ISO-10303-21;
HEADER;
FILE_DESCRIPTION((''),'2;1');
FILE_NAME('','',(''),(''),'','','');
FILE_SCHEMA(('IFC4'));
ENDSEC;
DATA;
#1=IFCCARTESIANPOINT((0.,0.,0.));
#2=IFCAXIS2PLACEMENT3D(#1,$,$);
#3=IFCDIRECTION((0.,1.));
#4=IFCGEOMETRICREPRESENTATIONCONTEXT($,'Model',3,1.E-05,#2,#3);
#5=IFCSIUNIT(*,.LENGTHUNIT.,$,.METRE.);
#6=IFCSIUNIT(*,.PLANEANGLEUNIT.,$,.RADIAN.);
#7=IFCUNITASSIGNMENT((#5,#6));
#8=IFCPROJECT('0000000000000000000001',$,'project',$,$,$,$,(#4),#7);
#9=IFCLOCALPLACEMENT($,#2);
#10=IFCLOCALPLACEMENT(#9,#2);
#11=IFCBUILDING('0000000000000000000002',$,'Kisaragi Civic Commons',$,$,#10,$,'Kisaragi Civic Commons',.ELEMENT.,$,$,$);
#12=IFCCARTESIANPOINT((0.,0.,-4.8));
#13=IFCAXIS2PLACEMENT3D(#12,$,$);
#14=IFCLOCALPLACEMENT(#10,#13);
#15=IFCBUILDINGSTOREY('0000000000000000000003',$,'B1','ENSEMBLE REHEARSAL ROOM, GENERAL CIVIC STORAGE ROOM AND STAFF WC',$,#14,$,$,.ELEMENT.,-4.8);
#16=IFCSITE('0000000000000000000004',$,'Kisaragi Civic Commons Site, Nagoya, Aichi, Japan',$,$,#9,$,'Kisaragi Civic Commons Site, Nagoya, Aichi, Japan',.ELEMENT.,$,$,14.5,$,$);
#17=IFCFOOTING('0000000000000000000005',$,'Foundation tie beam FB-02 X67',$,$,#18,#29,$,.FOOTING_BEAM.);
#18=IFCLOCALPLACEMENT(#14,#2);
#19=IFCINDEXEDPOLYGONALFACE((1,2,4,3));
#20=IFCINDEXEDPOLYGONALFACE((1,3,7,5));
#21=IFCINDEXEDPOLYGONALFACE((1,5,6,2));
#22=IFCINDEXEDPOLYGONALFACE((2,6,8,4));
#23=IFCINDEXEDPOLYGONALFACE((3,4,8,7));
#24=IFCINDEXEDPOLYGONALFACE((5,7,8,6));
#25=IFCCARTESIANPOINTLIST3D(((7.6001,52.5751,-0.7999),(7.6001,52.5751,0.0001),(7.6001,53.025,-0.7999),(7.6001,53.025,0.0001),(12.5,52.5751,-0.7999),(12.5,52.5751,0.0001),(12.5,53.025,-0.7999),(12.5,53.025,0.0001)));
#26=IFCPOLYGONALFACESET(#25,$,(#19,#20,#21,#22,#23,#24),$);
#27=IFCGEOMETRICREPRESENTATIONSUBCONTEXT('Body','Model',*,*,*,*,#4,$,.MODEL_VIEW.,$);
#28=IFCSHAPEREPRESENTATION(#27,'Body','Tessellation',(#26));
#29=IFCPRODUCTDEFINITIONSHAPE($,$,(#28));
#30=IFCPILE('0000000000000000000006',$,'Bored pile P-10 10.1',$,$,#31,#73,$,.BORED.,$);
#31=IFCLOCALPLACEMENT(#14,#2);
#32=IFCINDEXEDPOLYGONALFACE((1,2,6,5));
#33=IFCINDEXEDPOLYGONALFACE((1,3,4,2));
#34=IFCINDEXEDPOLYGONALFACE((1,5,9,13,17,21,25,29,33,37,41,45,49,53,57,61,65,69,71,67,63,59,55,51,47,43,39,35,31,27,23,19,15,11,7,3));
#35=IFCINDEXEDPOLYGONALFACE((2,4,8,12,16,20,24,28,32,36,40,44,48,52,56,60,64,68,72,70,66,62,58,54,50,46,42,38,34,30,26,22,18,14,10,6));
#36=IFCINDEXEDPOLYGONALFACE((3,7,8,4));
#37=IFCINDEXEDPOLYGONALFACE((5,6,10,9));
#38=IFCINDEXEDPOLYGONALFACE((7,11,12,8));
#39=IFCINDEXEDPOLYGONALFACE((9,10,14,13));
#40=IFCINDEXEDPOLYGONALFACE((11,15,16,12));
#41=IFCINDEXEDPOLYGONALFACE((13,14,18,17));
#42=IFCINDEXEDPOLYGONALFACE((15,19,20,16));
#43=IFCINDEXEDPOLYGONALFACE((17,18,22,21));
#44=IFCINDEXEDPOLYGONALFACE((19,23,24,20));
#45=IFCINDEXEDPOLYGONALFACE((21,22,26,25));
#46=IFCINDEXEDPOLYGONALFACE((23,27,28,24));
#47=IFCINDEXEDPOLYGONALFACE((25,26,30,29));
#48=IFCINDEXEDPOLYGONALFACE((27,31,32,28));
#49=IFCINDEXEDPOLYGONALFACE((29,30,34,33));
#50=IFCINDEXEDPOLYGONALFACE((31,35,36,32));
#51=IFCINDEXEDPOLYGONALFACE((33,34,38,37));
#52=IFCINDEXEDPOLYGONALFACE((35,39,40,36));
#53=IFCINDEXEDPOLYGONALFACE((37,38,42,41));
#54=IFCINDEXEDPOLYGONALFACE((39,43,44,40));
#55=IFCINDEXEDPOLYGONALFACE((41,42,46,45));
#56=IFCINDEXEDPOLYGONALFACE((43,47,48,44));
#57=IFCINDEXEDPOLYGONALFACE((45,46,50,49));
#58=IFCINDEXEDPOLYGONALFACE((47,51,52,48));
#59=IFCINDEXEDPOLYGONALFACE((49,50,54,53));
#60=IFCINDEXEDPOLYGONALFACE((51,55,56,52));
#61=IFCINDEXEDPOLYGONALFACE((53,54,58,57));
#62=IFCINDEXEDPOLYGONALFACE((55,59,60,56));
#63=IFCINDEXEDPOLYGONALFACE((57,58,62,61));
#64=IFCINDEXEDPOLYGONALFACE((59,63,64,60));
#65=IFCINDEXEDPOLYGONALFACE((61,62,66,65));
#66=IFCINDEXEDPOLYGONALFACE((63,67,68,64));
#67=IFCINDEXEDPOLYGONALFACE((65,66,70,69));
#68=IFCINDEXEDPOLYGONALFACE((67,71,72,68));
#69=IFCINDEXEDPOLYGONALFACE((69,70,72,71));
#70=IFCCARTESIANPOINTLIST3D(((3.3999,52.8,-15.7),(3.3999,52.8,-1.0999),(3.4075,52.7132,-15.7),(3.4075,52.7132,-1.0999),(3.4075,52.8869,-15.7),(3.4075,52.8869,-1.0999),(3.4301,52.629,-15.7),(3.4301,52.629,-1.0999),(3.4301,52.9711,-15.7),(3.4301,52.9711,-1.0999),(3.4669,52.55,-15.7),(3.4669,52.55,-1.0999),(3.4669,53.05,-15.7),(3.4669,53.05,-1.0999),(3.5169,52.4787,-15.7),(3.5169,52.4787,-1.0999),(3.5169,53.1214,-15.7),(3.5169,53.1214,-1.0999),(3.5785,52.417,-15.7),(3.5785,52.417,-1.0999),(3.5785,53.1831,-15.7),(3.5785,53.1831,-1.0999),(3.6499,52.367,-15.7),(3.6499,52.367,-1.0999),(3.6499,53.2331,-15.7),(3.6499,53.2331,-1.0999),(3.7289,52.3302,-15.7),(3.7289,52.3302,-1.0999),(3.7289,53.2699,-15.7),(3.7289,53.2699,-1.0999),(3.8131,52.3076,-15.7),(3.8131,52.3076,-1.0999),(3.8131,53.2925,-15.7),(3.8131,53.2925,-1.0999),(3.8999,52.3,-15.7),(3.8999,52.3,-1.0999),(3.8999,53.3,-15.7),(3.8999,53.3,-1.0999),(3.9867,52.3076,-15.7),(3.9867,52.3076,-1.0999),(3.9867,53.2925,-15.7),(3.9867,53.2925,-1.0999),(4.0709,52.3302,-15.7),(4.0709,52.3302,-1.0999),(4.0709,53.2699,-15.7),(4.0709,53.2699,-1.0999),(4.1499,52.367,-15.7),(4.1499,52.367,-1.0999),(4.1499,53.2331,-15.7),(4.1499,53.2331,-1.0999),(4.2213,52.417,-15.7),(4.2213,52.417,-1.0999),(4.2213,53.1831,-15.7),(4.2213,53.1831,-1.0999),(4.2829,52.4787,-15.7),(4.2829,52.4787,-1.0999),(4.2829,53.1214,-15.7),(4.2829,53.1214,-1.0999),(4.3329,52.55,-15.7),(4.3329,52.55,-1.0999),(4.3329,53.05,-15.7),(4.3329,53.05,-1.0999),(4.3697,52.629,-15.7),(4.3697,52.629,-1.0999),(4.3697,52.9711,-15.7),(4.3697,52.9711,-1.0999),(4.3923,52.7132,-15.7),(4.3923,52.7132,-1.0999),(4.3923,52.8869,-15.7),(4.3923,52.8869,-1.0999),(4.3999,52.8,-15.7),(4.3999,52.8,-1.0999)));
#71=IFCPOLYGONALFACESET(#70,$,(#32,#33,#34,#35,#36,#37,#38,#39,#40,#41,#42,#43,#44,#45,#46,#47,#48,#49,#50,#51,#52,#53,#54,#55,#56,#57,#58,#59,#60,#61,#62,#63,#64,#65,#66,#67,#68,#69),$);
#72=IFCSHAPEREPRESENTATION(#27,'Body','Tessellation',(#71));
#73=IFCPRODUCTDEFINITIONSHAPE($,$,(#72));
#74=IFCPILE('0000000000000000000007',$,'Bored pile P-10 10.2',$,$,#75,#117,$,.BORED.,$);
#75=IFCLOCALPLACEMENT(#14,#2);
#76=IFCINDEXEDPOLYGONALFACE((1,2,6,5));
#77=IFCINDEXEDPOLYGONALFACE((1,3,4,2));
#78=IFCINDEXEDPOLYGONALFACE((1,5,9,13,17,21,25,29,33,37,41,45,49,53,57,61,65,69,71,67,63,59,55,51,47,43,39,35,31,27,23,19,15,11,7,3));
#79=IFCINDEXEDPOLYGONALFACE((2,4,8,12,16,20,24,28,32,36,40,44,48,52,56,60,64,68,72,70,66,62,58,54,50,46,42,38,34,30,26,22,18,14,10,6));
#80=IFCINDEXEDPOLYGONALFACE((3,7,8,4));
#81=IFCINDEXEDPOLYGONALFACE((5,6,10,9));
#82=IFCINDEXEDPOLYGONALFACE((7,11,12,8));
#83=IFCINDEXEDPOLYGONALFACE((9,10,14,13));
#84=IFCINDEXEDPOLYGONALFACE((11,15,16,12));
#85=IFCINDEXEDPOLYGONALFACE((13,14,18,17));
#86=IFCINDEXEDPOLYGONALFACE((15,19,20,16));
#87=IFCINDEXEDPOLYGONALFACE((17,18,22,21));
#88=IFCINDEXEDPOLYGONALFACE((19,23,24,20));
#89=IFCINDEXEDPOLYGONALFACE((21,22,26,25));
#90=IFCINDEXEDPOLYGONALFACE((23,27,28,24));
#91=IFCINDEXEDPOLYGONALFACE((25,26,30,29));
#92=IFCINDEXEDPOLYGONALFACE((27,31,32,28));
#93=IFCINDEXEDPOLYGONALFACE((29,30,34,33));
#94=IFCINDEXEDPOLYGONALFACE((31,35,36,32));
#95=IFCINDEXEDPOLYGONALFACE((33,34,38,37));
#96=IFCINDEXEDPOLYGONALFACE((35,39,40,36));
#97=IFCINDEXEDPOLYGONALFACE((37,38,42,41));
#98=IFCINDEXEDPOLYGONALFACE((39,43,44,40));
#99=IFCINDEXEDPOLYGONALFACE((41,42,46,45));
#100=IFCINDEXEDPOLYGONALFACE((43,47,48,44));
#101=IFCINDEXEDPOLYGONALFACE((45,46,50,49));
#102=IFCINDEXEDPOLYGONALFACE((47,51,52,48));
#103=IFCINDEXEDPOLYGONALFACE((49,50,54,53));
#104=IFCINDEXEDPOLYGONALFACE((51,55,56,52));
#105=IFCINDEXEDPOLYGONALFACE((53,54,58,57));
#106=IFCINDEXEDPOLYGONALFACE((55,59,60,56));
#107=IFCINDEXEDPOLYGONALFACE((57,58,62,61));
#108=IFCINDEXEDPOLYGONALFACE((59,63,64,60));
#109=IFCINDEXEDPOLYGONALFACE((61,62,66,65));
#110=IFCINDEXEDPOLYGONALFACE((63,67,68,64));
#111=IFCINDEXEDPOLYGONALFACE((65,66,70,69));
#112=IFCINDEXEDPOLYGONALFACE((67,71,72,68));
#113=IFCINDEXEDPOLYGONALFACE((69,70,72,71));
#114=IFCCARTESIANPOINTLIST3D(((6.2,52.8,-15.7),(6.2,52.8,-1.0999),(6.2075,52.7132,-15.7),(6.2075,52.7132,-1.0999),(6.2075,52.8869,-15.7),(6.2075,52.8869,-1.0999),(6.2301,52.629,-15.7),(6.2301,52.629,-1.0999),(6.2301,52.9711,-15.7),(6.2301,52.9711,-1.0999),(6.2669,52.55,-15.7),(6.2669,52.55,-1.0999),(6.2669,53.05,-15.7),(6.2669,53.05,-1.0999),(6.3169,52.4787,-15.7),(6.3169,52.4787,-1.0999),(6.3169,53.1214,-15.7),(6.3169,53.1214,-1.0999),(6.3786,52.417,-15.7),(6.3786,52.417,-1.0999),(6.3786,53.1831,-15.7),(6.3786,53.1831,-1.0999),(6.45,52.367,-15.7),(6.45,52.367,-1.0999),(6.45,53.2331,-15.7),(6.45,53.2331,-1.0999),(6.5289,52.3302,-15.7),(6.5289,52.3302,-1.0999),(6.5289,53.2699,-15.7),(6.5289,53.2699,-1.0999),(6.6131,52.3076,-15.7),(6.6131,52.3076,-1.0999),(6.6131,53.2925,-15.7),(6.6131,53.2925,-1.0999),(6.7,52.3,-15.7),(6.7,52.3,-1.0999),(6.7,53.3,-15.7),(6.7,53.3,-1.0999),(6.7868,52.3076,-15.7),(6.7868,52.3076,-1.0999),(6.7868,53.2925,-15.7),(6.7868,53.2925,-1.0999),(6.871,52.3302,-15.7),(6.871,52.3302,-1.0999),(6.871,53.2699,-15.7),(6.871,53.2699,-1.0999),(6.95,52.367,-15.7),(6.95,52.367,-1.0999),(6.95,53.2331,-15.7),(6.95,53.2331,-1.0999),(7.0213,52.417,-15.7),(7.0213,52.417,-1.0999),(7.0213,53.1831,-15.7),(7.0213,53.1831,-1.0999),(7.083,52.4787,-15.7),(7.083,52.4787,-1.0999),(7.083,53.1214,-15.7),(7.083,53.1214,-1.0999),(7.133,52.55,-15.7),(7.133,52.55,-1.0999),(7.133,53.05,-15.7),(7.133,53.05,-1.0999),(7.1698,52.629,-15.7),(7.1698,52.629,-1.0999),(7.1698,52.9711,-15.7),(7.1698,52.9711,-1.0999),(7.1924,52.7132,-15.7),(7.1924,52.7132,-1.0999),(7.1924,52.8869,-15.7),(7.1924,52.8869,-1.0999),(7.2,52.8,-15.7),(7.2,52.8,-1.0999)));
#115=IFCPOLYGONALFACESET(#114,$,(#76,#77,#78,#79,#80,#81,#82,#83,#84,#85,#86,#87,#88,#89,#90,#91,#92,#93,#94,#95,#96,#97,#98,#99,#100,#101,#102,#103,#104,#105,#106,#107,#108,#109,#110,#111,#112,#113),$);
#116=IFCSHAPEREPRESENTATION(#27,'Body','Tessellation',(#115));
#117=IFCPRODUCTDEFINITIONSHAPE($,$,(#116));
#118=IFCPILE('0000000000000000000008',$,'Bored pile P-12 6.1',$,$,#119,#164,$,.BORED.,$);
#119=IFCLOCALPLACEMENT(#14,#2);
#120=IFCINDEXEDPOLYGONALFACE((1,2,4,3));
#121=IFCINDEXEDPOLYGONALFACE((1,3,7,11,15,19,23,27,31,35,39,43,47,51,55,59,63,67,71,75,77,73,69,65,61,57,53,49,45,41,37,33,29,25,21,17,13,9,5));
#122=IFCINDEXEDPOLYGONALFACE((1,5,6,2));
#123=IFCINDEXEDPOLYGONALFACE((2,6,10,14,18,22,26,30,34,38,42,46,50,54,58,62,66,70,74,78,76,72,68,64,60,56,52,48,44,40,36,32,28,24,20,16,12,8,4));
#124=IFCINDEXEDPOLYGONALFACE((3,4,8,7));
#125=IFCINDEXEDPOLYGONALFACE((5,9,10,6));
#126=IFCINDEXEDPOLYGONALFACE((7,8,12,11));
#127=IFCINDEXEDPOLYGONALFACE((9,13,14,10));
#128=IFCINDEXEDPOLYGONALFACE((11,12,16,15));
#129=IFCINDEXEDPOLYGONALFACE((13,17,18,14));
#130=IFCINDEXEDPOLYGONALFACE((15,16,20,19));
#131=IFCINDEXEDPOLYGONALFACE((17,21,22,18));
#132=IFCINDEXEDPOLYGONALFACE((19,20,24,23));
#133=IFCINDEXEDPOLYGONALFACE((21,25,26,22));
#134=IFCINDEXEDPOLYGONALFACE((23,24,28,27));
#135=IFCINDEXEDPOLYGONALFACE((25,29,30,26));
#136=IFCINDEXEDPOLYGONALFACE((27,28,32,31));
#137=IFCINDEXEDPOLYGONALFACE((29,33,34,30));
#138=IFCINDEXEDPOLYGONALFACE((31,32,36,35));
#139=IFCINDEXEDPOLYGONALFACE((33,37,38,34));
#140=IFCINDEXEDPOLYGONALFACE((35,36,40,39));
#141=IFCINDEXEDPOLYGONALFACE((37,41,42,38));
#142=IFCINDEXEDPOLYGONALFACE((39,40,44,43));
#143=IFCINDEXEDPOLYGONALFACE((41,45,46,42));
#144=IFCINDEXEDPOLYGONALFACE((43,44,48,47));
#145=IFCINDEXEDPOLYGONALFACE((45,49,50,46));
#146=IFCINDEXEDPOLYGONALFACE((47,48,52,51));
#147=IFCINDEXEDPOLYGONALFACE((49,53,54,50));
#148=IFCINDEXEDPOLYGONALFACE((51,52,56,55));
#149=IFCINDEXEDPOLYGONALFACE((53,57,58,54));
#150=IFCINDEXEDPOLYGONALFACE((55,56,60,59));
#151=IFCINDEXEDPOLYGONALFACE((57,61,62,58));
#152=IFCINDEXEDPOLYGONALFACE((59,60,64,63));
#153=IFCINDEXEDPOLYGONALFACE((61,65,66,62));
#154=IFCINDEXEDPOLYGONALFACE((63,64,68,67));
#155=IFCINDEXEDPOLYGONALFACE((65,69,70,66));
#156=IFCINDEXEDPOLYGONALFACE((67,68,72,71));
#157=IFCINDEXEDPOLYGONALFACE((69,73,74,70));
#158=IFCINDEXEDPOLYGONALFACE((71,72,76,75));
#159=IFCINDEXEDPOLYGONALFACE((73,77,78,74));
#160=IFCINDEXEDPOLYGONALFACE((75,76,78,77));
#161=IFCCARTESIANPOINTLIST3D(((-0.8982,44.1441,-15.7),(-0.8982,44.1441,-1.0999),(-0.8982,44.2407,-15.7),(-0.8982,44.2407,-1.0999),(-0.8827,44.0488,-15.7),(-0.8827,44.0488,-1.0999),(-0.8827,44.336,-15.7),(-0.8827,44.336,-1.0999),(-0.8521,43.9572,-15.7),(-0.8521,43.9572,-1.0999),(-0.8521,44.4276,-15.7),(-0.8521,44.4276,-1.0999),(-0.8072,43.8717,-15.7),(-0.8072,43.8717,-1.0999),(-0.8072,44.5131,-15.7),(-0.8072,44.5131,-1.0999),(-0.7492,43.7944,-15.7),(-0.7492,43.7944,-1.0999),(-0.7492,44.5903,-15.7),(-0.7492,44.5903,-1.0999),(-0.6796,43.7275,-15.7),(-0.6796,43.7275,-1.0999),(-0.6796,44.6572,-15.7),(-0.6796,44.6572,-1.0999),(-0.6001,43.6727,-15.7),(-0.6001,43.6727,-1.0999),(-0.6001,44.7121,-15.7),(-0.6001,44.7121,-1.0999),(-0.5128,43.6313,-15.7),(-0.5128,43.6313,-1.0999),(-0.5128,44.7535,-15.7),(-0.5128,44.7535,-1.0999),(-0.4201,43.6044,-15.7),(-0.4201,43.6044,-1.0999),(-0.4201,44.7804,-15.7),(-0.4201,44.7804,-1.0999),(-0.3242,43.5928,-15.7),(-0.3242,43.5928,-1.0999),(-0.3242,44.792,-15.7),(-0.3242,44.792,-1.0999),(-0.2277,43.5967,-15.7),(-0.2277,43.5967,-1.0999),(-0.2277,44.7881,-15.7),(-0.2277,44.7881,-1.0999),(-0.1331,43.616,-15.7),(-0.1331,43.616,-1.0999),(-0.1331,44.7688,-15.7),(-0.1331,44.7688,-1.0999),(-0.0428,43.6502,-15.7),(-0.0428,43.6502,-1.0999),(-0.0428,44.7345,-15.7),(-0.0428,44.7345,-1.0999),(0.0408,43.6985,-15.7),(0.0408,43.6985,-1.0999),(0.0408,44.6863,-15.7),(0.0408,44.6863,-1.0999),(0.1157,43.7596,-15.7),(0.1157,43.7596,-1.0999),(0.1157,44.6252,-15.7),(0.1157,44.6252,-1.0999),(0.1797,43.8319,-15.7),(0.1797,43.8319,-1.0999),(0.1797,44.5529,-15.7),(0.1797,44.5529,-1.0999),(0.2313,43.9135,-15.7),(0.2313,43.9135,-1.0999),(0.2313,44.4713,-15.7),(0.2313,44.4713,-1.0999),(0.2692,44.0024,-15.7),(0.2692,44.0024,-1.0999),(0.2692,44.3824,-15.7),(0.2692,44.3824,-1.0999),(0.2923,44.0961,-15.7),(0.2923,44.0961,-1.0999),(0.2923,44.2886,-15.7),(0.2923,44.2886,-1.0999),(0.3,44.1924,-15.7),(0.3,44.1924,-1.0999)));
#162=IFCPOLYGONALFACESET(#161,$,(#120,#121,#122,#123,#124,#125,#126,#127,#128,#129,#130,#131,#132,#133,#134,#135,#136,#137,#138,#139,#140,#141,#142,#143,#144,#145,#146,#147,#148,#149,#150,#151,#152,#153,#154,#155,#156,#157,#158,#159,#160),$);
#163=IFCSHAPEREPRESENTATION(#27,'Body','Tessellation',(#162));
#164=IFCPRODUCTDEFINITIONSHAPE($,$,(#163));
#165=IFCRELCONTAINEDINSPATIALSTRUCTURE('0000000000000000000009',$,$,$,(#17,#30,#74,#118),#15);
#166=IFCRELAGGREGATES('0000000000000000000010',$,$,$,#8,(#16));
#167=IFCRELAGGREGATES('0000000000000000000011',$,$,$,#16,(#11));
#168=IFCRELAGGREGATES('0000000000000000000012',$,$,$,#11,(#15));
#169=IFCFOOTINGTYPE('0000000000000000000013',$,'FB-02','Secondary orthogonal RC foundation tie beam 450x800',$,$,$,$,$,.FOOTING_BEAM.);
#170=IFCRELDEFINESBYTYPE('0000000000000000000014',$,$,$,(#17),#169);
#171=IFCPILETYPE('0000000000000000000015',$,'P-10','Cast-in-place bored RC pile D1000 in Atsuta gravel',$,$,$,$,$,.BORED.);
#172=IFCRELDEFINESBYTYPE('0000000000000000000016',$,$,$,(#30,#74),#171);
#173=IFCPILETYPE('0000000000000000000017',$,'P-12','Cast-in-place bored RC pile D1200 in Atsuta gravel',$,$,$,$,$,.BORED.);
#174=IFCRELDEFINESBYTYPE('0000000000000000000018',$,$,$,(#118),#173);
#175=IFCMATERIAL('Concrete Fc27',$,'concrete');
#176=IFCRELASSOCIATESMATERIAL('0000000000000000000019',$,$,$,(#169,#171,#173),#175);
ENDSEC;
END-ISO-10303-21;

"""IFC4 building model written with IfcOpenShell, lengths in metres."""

from ifc_helpers import new_model, si_unit, direction, frame, origin, origin_2d, place, context, subcontext, project, spatial, rectangle, circle, extrude, material, material_profile, profile_set, type_object, element, save


model = new_model("IFC4")

# Units and contexts
model_context = context("Model", 3, precision=1e-05, world=origin(), true_north=direction((0.0, 1.0)))
body_context = subcontext(model_context, "Body", "Model", "MODEL_VIEW")
ifc_project = project(units=[si_unit("LENGTHUNIT", "METRE"), si_unit("PLANEANGLEUNIT", "RADIAN")], contexts=[model_context])

# Site, building, storey
site_placement = place(None, origin())
site = spatial("IfcSite", under=ifc_project, at=site_placement, Name="Kisaragi Civic Commons Site, Nagoya, Aichi, Japan", LongName="Kisaragi Civic Commons Site, Nagoya, Aichi, Japan", CompositionType="ELEMENT", RefElevation=14.5)
building_placement = place(site_placement, origin())
building = spatial("IfcBuilding", under=site, at=building_placement, Name="Kisaragi Civic Commons", LongName="Kisaragi Civic Commons", CompositionType="ELEMENT")
storey_placement = place(building_placement, frame((0.0, 0.0, -4.8)))
storey = spatial("IfcBuildingStorey", under=building, at=storey_placement, Name="B1", Description="ENSEMBLE REHEARSAL ROOM, GENERAL CIVIC STORAGE ROOM AND STAFF WC", CompositionType="ELEMENT", Elevation=-4.8)

# Footing
ifc_material_1 = material(Name="Concrete Fc27", Category="concrete")
ifc_material_profile_1 = material_profile(ifc_material_1, rectangle(XDim=0.45, YDim=0.8, at=origin_2d()), Name="RC-450x800", Category="concrete")
ifc_profile_set_1 = profile_set([ifc_material_profile_1], Name="Concrete Fc27")
footing_type_1 = type_object("IfcFootingType", Name="FB-02", Description="Secondary orthogonal RC foundation tie beam 450x800", PredefinedType="FOOTING_BEAM", material=ifc_profile_set_1)
footing_1_placement = place(storey_placement, frame((7.6001, 52.8, -0.3999), z_axis=(1.0, 0.0, 0.0), x_axis=(0.0, 1.0, 0.0)))
element("IfcFooting", 1, at=footing_1_placement, inside=storey, type_object=footing_type_1, Name="Foundation tie beam FB-02 X67", PredefinedType="FOOTING_BEAM", context=body_context, shape_type="SweptSolid", body=[
    extrude(rectangle(XDim=0.45, YDim=0.8, at=origin_2d()), origin(), (0.0, 0.0, 1.0), 4.8999),
])

# Piles
ifc_material_profile_2 = material_profile(ifc_material_1, circle(Radius=0.5, at=origin_2d()), Name="PILE-D1000", Category="concrete")
ifc_profile_set_2 = profile_set([ifc_material_profile_2], Name="Concrete Fc27")
pile_type_1 = type_object("IfcPileType", Name="P-10", Description="Cast-in-place bored RC pile D1000 in Atsuta gravel", PredefinedType="BORED", material=ifc_profile_set_2)
for number, where, z_axis, x_axis, name in (
    (2, (3.8999, 52.8, -1.0999), (0.0, 0.0, -1.0), (1.0, 0.0, 0.0), "Bored pile P-10 10.1"),
    (3, (6.7, 52.8, -1.0999), (0.0, 0.0, -1.0), (1.0, 0.0, 0.0), "Bored pile P-10 10.2"),
):
    element("IfcPile", number, at=place(storey_placement, frame(where, z_axis=z_axis, x_axis=x_axis)), inside=storey, type_object=pile_type_1, Name=name, PredefinedType="BORED", context=body_context, shape_type="SweptSolid", body=[
        extrude(circle(Radius=0.5, at=origin_2d()), origin(), (0.0, 0.0, 1.0), 14.6001),
    ])
ifc_material_profile_3 = material_profile(ifc_material_1, circle(Radius=0.6001, at=origin_2d()), Name="PILE-D1200", Category="concrete")
ifc_profile_set_3 = profile_set([ifc_material_profile_3], Name="Concrete Fc27")
pile_type_2 = type_object("IfcPileType", Name="P-12", Description="Cast-in-place bored RC pile D1200 in Atsuta gravel", PredefinedType="BORED", material=ifc_profile_set_3)
for number, where, z_axis, x_axis, name in (
    (4, (-0.3, 44.1924, -1.0999), (0.0, 0.0, -1.0), (1.0, 0.0, 0.0), "Bored pile P-12 6.1"),
):
    element("IfcPile", number, at=place(storey_placement, frame(where, z_axis=z_axis, x_axis=x_axis)), inside=storey, type_object=pile_type_2, Name=name, PredefinedType="BORED", context=body_context, shape_type="SweptSolid", body=[
        extrude(circle(Radius=0.6001, at=origin_2d()), origin(), (0.0, 0.0, 1.0), 14.6001),
    ])

save(model, "model.ifc")
